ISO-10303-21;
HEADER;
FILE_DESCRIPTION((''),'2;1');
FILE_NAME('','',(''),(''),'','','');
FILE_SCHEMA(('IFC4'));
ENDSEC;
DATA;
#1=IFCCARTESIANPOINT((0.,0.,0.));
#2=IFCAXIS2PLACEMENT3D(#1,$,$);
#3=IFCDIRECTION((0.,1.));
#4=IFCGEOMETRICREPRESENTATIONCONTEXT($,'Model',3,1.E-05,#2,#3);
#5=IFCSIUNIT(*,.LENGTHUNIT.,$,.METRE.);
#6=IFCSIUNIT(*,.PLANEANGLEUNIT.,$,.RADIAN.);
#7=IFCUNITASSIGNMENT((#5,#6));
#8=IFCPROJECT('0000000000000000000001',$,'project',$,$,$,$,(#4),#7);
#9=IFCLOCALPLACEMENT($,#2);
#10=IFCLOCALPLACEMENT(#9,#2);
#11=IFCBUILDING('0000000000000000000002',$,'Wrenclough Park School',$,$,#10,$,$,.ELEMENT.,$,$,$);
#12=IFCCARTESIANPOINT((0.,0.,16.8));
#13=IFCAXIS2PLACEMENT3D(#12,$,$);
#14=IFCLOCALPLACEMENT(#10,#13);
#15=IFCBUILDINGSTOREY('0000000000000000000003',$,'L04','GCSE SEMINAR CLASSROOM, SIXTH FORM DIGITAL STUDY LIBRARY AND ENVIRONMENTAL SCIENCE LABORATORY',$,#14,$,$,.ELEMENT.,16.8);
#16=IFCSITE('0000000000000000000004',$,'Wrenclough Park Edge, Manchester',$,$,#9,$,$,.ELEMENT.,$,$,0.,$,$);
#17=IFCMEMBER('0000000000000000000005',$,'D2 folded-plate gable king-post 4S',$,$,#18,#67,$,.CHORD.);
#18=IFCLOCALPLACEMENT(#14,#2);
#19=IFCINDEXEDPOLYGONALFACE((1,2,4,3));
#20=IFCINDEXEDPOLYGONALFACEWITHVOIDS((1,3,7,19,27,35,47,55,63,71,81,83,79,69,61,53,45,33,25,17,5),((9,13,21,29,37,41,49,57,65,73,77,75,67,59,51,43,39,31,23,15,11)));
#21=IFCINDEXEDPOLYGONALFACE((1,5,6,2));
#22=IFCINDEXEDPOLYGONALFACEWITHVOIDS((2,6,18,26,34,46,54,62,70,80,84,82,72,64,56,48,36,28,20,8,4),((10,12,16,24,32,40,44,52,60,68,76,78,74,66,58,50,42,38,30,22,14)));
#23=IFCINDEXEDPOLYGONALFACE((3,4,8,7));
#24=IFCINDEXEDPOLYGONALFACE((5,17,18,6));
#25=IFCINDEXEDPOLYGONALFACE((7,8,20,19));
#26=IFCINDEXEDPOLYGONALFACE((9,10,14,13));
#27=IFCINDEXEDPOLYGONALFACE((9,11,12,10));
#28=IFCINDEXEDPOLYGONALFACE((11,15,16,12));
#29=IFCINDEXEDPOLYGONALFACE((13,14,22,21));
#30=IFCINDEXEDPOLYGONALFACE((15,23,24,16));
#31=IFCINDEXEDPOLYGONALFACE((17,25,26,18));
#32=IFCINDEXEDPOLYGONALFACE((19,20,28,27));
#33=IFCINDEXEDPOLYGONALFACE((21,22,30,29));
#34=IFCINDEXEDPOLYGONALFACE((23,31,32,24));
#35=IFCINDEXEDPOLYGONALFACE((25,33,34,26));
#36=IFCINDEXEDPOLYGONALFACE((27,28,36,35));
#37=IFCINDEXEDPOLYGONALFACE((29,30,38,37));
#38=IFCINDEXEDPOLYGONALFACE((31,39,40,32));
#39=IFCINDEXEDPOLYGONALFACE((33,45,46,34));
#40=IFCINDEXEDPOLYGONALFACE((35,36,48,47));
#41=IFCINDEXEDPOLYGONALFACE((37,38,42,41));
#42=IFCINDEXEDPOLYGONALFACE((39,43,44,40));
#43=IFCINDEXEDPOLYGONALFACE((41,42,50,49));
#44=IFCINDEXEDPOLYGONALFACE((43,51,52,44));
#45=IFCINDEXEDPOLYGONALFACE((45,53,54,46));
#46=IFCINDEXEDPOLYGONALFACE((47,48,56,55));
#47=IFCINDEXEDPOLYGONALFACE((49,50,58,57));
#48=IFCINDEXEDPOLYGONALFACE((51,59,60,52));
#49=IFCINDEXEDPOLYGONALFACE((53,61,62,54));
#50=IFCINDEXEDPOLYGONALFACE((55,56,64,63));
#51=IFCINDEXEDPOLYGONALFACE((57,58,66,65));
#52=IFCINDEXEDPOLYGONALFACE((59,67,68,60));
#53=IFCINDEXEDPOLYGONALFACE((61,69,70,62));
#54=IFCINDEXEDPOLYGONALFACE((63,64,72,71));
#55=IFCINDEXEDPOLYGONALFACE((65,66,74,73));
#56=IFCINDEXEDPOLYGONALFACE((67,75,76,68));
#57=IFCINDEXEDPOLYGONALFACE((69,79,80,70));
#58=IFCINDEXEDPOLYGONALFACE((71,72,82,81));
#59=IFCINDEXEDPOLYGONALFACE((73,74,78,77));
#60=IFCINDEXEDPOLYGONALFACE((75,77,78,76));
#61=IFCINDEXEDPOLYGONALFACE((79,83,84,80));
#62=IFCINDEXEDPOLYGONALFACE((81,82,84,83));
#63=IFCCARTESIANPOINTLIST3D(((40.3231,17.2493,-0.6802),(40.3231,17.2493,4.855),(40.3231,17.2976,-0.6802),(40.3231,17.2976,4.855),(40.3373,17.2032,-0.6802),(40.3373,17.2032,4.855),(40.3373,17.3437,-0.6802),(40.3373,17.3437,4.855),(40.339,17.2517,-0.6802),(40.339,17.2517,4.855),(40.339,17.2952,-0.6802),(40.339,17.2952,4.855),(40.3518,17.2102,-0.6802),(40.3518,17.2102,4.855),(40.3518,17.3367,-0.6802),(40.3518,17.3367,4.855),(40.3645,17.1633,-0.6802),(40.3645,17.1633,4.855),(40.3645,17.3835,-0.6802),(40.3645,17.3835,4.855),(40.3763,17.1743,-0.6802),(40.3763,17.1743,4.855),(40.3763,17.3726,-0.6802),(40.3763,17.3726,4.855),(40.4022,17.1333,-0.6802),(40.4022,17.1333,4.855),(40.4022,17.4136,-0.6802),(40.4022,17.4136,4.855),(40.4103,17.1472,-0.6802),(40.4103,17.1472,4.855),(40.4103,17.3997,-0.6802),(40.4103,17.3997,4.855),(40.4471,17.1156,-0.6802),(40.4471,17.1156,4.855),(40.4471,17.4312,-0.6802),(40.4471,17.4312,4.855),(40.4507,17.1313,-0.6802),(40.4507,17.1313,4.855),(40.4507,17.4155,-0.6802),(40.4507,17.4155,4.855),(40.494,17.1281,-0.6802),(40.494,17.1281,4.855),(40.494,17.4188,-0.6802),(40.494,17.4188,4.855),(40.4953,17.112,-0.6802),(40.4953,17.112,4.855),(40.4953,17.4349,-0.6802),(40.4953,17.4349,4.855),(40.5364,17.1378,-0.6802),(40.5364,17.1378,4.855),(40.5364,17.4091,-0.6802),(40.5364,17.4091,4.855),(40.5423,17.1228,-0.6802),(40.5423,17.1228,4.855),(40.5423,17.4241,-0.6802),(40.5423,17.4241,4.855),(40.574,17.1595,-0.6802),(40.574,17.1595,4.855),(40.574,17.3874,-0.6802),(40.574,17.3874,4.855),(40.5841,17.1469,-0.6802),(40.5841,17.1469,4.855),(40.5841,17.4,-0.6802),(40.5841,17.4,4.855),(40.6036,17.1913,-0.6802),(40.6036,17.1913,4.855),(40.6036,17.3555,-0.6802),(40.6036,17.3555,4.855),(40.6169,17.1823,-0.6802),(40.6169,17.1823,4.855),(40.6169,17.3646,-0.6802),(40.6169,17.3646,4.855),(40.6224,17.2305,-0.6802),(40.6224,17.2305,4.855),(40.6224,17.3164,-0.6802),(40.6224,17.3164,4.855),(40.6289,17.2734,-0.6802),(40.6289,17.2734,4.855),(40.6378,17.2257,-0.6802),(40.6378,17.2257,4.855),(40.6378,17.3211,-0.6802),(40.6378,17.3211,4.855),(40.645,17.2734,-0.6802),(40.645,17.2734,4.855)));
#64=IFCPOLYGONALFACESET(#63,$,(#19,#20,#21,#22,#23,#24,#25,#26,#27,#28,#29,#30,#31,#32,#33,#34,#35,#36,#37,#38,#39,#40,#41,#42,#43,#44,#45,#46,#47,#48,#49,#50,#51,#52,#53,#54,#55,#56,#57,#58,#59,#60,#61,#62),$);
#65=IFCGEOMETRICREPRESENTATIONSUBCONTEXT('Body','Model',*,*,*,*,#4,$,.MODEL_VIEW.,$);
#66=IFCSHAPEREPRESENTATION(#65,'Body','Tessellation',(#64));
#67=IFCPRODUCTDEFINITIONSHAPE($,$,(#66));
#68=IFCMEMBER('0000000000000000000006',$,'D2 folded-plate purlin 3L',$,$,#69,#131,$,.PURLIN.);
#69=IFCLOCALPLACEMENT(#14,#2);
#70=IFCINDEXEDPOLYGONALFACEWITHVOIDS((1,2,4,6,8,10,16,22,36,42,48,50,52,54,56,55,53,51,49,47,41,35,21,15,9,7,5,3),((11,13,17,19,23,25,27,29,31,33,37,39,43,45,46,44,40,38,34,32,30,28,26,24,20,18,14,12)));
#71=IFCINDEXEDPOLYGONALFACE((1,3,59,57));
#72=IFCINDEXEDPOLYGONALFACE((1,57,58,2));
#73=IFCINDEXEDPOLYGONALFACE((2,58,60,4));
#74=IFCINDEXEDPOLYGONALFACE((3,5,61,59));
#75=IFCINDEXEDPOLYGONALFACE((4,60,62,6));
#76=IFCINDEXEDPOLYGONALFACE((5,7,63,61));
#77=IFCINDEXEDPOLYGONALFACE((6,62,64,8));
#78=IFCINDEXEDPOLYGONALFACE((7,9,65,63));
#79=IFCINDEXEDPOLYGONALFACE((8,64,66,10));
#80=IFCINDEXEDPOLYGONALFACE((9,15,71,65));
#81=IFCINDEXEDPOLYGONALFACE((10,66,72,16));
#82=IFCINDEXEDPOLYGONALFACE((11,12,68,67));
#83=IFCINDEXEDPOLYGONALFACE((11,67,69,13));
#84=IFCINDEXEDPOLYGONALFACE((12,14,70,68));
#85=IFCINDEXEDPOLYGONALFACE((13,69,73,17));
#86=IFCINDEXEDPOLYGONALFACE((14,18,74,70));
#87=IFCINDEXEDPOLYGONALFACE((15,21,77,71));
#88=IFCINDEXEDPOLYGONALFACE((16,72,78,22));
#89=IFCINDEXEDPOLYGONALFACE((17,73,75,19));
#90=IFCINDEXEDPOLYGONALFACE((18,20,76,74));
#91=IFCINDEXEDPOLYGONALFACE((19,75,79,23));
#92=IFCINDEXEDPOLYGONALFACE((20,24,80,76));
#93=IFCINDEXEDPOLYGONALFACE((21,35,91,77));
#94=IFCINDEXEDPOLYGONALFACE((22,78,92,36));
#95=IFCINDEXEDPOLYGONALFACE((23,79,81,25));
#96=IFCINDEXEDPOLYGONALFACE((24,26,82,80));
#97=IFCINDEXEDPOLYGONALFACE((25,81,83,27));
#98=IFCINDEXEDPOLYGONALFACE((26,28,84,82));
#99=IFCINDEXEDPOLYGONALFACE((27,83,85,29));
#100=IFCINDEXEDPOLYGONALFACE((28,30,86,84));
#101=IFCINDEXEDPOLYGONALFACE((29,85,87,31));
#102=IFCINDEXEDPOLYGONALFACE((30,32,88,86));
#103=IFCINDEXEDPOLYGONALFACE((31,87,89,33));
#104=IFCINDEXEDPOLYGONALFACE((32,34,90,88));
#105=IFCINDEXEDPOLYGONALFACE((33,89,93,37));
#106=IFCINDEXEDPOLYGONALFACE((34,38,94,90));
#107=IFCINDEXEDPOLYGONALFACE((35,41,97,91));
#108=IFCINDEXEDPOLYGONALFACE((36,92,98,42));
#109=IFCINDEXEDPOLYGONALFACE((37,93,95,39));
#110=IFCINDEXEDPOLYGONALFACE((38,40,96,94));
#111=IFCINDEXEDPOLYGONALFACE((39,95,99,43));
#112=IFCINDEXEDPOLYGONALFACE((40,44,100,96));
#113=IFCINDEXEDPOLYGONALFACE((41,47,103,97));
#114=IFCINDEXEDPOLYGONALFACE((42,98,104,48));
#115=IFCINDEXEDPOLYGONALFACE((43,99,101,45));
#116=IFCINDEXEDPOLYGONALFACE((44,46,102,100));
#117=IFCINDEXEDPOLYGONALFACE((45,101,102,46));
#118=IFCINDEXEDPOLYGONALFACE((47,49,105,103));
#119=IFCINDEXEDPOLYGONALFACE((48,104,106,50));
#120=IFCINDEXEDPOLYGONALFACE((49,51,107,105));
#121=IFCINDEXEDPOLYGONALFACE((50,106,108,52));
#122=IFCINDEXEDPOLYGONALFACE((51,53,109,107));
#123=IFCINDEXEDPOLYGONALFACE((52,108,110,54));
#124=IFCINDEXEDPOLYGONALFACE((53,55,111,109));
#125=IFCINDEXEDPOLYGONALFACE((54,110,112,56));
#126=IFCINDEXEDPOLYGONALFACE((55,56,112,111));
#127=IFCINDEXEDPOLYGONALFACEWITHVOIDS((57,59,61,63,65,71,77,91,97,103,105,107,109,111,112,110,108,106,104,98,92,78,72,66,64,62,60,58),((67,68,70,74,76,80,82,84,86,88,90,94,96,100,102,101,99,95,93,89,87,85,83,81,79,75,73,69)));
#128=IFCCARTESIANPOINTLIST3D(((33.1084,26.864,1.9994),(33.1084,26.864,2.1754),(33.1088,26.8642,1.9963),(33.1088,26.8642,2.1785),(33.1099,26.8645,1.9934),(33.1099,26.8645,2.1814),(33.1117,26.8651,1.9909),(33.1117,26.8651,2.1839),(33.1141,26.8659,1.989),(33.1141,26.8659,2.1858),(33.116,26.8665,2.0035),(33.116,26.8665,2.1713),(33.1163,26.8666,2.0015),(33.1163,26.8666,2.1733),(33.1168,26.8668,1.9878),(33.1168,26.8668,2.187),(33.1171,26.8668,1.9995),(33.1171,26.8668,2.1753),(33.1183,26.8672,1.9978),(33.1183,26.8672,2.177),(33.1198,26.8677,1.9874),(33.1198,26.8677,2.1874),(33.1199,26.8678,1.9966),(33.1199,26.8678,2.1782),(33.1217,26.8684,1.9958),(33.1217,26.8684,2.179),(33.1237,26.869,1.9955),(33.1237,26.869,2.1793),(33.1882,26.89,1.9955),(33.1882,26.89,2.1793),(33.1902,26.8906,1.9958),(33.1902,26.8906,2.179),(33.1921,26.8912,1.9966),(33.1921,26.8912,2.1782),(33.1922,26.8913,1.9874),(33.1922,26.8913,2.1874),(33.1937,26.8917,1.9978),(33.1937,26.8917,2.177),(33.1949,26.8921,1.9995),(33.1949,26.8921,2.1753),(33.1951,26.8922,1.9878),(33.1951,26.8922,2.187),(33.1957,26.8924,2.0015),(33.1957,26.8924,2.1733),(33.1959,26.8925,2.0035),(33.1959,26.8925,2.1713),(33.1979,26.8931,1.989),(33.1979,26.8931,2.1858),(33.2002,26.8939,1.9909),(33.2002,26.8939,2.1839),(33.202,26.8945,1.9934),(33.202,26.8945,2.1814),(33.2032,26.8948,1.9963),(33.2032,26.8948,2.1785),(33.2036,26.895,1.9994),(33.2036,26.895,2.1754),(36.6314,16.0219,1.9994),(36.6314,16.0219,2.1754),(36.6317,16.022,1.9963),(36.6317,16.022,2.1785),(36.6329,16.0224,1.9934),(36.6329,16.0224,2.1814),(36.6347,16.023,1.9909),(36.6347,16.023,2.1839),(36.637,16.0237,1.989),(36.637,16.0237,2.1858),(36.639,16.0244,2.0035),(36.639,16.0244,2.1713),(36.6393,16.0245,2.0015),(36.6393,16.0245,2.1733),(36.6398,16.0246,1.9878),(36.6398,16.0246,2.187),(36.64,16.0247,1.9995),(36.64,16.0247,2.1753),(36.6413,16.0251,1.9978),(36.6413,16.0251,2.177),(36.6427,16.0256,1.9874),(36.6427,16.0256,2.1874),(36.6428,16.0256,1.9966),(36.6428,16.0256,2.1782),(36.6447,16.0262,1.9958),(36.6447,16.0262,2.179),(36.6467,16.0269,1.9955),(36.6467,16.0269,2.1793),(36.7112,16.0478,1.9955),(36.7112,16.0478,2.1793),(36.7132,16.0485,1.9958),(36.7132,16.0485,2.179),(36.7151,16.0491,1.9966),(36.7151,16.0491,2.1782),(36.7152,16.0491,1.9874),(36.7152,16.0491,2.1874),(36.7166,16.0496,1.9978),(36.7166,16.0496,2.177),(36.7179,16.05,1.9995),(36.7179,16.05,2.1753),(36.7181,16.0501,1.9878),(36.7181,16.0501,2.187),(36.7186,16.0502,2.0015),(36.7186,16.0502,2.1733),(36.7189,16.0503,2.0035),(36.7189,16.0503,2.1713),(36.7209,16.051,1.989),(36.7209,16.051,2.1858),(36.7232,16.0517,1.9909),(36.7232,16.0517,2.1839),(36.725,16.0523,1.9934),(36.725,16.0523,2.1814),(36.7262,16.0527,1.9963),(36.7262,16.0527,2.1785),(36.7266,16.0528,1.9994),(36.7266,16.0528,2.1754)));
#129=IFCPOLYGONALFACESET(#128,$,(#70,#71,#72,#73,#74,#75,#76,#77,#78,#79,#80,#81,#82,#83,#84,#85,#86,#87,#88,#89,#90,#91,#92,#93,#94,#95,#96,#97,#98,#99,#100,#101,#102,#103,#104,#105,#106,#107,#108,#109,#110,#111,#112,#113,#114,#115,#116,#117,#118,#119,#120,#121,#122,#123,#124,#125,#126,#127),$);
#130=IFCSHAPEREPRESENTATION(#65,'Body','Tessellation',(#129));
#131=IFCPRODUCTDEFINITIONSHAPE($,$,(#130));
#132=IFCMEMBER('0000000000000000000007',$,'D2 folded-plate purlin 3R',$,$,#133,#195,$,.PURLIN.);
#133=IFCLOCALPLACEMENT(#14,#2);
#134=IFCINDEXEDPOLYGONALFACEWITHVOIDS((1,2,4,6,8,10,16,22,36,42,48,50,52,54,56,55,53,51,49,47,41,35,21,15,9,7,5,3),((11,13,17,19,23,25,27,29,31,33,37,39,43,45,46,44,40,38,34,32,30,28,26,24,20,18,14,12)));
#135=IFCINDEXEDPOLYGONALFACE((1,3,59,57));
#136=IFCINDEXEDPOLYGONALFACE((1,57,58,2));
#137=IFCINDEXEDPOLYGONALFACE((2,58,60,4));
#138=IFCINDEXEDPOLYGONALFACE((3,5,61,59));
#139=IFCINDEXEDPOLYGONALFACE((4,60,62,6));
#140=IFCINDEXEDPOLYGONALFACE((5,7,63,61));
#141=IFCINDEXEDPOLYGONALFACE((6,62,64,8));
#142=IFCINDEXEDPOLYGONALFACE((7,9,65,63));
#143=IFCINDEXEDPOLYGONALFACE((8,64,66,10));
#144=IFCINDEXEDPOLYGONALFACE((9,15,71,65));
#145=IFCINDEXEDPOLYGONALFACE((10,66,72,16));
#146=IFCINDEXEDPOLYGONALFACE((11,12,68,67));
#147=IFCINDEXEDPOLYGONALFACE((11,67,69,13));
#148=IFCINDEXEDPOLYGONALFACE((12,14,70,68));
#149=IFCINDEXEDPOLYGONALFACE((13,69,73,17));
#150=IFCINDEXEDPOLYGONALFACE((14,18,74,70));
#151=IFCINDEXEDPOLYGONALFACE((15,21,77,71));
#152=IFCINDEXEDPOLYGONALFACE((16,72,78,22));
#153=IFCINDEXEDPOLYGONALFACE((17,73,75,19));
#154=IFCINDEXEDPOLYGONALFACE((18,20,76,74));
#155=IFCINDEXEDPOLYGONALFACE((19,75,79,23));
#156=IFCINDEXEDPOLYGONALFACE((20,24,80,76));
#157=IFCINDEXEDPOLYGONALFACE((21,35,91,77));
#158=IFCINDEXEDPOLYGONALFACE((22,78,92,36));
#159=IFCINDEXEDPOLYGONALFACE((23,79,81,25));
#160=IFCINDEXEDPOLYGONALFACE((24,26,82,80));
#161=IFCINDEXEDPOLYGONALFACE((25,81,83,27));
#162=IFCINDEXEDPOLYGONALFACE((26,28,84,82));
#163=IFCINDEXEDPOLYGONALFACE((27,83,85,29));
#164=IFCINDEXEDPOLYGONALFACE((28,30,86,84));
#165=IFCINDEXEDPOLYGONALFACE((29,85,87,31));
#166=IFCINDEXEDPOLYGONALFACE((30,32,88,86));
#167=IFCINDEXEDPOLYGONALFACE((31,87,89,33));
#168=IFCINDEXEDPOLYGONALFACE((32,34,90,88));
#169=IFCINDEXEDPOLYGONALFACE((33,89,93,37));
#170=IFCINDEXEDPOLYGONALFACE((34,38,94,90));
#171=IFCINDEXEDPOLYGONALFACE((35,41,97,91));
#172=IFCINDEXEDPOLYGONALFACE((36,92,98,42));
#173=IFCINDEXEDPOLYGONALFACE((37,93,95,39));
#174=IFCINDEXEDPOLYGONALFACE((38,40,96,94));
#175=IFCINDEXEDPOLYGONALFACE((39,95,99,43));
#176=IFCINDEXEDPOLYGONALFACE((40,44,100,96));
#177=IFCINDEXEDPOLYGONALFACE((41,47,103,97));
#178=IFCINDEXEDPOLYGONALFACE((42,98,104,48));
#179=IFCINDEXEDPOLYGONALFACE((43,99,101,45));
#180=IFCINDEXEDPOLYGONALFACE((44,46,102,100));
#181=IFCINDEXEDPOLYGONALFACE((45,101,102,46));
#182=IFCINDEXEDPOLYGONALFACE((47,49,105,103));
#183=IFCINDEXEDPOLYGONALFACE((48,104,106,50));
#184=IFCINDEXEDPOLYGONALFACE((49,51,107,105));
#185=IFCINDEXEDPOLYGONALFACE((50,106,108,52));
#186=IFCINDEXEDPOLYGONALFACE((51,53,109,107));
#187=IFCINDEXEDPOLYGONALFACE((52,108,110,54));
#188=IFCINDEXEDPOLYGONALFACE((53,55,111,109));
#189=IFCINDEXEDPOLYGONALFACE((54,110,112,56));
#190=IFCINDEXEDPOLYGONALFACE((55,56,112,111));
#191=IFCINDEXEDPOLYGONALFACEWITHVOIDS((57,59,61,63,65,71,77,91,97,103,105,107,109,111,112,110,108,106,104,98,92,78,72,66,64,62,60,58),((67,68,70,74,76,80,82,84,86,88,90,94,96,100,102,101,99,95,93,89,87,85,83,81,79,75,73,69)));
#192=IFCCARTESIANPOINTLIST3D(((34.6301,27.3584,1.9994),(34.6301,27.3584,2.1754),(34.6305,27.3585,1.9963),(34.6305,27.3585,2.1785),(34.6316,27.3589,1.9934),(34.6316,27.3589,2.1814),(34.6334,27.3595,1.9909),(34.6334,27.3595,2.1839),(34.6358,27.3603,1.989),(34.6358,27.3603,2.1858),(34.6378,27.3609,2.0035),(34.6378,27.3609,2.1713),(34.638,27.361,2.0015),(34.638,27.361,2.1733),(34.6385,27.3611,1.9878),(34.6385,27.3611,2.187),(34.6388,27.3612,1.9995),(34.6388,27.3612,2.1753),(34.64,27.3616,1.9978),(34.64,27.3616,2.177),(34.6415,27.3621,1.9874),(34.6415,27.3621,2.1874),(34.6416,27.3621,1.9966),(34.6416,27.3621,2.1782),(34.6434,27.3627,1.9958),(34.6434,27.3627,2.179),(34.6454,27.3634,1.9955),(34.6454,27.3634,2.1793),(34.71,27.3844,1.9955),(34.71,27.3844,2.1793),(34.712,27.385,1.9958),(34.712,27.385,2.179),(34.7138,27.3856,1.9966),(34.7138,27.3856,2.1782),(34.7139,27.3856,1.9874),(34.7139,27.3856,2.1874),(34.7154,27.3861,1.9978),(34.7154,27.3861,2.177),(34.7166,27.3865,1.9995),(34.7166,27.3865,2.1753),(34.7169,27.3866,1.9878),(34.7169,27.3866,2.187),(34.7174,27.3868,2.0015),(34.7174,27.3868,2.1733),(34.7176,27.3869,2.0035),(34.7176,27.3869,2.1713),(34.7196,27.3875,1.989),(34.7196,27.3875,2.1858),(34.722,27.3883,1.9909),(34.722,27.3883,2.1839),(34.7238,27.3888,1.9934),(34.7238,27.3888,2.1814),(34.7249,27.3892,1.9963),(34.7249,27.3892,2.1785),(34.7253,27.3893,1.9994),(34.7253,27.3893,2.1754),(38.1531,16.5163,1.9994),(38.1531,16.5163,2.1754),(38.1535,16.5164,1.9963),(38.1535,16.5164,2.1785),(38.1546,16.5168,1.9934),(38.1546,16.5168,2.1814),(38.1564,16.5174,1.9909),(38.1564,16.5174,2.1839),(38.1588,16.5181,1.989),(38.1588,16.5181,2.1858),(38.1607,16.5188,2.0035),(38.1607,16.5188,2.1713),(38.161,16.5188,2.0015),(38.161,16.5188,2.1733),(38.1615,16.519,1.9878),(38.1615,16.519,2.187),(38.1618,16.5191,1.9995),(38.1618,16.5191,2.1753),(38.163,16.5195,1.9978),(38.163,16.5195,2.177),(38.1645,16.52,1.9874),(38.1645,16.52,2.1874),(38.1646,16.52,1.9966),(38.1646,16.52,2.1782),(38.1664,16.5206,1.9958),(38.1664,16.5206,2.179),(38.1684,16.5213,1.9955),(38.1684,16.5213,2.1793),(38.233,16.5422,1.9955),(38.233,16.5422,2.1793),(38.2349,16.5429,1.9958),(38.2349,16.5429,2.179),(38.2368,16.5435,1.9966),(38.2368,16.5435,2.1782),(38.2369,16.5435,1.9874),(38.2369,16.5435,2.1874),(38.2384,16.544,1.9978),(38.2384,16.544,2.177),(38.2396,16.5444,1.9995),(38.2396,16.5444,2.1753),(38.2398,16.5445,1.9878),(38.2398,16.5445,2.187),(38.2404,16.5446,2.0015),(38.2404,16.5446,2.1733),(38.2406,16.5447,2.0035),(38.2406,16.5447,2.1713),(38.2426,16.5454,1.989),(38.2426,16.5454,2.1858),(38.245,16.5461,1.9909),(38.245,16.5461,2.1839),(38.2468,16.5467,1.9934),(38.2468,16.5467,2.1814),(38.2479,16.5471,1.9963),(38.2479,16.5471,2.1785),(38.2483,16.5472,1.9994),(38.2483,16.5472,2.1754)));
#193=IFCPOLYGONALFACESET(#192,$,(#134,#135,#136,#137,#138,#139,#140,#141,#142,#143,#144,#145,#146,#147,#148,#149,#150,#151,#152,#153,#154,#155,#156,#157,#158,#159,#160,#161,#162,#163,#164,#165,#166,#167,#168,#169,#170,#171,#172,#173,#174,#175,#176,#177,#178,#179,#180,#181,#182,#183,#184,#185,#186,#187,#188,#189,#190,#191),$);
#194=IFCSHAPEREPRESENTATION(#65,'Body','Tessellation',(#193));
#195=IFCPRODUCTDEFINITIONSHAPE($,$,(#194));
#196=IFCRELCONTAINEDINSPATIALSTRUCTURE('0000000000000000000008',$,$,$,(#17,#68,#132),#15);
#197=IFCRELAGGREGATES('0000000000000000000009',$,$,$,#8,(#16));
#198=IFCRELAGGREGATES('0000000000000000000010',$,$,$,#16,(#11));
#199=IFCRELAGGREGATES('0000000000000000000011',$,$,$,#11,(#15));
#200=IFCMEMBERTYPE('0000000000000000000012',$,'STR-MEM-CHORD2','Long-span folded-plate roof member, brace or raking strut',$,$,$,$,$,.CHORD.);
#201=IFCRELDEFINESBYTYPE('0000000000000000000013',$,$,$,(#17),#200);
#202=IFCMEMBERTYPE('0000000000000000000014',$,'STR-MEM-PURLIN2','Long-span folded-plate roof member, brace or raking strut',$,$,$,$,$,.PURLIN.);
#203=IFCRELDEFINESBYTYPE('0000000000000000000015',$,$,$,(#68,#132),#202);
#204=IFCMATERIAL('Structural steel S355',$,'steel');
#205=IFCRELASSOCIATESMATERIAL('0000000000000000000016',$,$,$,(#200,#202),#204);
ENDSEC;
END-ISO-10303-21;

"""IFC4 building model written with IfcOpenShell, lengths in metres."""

from ifc_helpers import new_model, si_unit, direction, frame, origin, origin_2d, place, context, subcontext, project, spatial, hollow_rectangle, hollow_circle, extrude, material, material_profile, profile_set, type_object, element, save


model = new_model("IFC4")

# Units and contexts
model_context = context("Model", 3, precision=1e-05, world=origin(), true_north=direction((0.0, 1.0)))
body_context = subcontext(model_context, "Body", "Model", "MODEL_VIEW")
ifc_project = project(units=[si_unit("LENGTHUNIT", "METRE"), si_unit("PLANEANGLEUNIT", "RADIAN")], contexts=[model_context])

# Site, building, storey
site_placement = place(None, origin())
site = spatial("IfcSite", under=ifc_project, at=site_placement, Name="Wrenclough Park Edge, Manchester", CompositionType="ELEMENT", RefElevation=0.0)
building_placement = place(site_placement, origin())
building = spatial("IfcBuilding", under=site, at=building_placement, Name="Wrenclough Park School", CompositionType="ELEMENT")
storey_placement = place(building_placement, frame((0.0, 0.0, 16.8)))
storey = spatial("IfcBuildingStorey", under=building, at=storey_placement, Name="L04", Description="GCSE SEMINAR CLASSROOM, SIXTH FORM DIGITAL STUDY LIBRARY AND ENVIRONMENTAL SCIENCE LABORATORY", CompositionType="ELEMENT", Elevation=16.8)

# Members
ifc_material_1 = material(Name="Structural steel S355", Category="steel")
ifc_material_profile_1 = material_profile(ifc_material_1, hollow_circle(Radius=0.1619, WallThickness=0.0161, at=origin_2d()), Name="CHS 323.9x16.0")
ifc_profile_set_1 = profile_set([ifc_material_profile_1], Name="Structural steel S355")
member_type_1 = type_object("IfcMemberType", Name="STR-MEM-CHORD2", Description="Long-span folded-plate roof member, brace or raking strut", PredefinedType="CHORD", material=ifc_profile_set_1)
for number, where, z_axis, x_axis, name in (
    (1, (40.4832, 17.2734, -0.6802), (0.0, 0.0, 1.0), (1.0, 0.0, 0.0), "D2 folded-plate gable king-post 4S"),
):
    element("IfcMember", number, at=place(storey_placement, frame(where, z_axis=z_axis, x_axis=x_axis)), inside=storey, type_object=member_type_1, Name=name, PredefinedType="CHORD", context=body_context, shape_type="SweptSolid", body=[
        extrude(hollow_circle(Radius=0.1619, WallThickness=0.0161, at=origin_2d()), origin(), (0.0, 0.0, 1.0), 5.5352),
    ])
ifc_material_profile_2 = material_profile(ifc_material_1, hollow_rectangle(XDim=0.1001, YDim=0.2, WallThickness=0.0081, InnerFilletRadius=0.0081, OuterFilletRadius=0.012, at=origin_2d()), Name="RHS 200x100x8.0")
ifc_profile_set_2 = profile_set([ifc_material_profile_2], Name="Structural steel S355")
member_type_2 = type_object("IfcMemberType", Name="STR-MEM-PURLIN2", Description="Long-span folded-plate roof member, brace or raking strut", PredefinedType="PURLIN", material=ifc_profile_set_2)
for number, where, z_axis, x_axis, name in (
    (2, (36.679, 16.0374, 2.0874), (-0.309029, 0.951052, 0.0), (-0.951052, -0.309029, 0.0), "D2 folded-plate purlin 3L"),
    (3, (38.2007, 16.5317, 2.0874), (-0.309029, 0.951052, 0.0), (-0.951052, -0.309029, 0.0), "D2 folded-plate purlin 3R"),
):
    element("IfcMember", number, at=place(storey_placement, frame(where, z_axis=z_axis, x_axis=x_axis)), inside=storey, type_object=member_type_2, Name=name, PredefinedType="PURLIN", context=body_context, shape_type="SweptSolid", body=[
        extrude(hollow_rectangle(XDim=0.1001, YDim=0.2, WallThickness=0.0081, InnerFilletRadius=0.0081, OuterFilletRadius=0.012, at=origin_2d()), origin(), (0.0, 0.0, 1.0), 11.4001),
    ])

save(model, "model.ifc")
